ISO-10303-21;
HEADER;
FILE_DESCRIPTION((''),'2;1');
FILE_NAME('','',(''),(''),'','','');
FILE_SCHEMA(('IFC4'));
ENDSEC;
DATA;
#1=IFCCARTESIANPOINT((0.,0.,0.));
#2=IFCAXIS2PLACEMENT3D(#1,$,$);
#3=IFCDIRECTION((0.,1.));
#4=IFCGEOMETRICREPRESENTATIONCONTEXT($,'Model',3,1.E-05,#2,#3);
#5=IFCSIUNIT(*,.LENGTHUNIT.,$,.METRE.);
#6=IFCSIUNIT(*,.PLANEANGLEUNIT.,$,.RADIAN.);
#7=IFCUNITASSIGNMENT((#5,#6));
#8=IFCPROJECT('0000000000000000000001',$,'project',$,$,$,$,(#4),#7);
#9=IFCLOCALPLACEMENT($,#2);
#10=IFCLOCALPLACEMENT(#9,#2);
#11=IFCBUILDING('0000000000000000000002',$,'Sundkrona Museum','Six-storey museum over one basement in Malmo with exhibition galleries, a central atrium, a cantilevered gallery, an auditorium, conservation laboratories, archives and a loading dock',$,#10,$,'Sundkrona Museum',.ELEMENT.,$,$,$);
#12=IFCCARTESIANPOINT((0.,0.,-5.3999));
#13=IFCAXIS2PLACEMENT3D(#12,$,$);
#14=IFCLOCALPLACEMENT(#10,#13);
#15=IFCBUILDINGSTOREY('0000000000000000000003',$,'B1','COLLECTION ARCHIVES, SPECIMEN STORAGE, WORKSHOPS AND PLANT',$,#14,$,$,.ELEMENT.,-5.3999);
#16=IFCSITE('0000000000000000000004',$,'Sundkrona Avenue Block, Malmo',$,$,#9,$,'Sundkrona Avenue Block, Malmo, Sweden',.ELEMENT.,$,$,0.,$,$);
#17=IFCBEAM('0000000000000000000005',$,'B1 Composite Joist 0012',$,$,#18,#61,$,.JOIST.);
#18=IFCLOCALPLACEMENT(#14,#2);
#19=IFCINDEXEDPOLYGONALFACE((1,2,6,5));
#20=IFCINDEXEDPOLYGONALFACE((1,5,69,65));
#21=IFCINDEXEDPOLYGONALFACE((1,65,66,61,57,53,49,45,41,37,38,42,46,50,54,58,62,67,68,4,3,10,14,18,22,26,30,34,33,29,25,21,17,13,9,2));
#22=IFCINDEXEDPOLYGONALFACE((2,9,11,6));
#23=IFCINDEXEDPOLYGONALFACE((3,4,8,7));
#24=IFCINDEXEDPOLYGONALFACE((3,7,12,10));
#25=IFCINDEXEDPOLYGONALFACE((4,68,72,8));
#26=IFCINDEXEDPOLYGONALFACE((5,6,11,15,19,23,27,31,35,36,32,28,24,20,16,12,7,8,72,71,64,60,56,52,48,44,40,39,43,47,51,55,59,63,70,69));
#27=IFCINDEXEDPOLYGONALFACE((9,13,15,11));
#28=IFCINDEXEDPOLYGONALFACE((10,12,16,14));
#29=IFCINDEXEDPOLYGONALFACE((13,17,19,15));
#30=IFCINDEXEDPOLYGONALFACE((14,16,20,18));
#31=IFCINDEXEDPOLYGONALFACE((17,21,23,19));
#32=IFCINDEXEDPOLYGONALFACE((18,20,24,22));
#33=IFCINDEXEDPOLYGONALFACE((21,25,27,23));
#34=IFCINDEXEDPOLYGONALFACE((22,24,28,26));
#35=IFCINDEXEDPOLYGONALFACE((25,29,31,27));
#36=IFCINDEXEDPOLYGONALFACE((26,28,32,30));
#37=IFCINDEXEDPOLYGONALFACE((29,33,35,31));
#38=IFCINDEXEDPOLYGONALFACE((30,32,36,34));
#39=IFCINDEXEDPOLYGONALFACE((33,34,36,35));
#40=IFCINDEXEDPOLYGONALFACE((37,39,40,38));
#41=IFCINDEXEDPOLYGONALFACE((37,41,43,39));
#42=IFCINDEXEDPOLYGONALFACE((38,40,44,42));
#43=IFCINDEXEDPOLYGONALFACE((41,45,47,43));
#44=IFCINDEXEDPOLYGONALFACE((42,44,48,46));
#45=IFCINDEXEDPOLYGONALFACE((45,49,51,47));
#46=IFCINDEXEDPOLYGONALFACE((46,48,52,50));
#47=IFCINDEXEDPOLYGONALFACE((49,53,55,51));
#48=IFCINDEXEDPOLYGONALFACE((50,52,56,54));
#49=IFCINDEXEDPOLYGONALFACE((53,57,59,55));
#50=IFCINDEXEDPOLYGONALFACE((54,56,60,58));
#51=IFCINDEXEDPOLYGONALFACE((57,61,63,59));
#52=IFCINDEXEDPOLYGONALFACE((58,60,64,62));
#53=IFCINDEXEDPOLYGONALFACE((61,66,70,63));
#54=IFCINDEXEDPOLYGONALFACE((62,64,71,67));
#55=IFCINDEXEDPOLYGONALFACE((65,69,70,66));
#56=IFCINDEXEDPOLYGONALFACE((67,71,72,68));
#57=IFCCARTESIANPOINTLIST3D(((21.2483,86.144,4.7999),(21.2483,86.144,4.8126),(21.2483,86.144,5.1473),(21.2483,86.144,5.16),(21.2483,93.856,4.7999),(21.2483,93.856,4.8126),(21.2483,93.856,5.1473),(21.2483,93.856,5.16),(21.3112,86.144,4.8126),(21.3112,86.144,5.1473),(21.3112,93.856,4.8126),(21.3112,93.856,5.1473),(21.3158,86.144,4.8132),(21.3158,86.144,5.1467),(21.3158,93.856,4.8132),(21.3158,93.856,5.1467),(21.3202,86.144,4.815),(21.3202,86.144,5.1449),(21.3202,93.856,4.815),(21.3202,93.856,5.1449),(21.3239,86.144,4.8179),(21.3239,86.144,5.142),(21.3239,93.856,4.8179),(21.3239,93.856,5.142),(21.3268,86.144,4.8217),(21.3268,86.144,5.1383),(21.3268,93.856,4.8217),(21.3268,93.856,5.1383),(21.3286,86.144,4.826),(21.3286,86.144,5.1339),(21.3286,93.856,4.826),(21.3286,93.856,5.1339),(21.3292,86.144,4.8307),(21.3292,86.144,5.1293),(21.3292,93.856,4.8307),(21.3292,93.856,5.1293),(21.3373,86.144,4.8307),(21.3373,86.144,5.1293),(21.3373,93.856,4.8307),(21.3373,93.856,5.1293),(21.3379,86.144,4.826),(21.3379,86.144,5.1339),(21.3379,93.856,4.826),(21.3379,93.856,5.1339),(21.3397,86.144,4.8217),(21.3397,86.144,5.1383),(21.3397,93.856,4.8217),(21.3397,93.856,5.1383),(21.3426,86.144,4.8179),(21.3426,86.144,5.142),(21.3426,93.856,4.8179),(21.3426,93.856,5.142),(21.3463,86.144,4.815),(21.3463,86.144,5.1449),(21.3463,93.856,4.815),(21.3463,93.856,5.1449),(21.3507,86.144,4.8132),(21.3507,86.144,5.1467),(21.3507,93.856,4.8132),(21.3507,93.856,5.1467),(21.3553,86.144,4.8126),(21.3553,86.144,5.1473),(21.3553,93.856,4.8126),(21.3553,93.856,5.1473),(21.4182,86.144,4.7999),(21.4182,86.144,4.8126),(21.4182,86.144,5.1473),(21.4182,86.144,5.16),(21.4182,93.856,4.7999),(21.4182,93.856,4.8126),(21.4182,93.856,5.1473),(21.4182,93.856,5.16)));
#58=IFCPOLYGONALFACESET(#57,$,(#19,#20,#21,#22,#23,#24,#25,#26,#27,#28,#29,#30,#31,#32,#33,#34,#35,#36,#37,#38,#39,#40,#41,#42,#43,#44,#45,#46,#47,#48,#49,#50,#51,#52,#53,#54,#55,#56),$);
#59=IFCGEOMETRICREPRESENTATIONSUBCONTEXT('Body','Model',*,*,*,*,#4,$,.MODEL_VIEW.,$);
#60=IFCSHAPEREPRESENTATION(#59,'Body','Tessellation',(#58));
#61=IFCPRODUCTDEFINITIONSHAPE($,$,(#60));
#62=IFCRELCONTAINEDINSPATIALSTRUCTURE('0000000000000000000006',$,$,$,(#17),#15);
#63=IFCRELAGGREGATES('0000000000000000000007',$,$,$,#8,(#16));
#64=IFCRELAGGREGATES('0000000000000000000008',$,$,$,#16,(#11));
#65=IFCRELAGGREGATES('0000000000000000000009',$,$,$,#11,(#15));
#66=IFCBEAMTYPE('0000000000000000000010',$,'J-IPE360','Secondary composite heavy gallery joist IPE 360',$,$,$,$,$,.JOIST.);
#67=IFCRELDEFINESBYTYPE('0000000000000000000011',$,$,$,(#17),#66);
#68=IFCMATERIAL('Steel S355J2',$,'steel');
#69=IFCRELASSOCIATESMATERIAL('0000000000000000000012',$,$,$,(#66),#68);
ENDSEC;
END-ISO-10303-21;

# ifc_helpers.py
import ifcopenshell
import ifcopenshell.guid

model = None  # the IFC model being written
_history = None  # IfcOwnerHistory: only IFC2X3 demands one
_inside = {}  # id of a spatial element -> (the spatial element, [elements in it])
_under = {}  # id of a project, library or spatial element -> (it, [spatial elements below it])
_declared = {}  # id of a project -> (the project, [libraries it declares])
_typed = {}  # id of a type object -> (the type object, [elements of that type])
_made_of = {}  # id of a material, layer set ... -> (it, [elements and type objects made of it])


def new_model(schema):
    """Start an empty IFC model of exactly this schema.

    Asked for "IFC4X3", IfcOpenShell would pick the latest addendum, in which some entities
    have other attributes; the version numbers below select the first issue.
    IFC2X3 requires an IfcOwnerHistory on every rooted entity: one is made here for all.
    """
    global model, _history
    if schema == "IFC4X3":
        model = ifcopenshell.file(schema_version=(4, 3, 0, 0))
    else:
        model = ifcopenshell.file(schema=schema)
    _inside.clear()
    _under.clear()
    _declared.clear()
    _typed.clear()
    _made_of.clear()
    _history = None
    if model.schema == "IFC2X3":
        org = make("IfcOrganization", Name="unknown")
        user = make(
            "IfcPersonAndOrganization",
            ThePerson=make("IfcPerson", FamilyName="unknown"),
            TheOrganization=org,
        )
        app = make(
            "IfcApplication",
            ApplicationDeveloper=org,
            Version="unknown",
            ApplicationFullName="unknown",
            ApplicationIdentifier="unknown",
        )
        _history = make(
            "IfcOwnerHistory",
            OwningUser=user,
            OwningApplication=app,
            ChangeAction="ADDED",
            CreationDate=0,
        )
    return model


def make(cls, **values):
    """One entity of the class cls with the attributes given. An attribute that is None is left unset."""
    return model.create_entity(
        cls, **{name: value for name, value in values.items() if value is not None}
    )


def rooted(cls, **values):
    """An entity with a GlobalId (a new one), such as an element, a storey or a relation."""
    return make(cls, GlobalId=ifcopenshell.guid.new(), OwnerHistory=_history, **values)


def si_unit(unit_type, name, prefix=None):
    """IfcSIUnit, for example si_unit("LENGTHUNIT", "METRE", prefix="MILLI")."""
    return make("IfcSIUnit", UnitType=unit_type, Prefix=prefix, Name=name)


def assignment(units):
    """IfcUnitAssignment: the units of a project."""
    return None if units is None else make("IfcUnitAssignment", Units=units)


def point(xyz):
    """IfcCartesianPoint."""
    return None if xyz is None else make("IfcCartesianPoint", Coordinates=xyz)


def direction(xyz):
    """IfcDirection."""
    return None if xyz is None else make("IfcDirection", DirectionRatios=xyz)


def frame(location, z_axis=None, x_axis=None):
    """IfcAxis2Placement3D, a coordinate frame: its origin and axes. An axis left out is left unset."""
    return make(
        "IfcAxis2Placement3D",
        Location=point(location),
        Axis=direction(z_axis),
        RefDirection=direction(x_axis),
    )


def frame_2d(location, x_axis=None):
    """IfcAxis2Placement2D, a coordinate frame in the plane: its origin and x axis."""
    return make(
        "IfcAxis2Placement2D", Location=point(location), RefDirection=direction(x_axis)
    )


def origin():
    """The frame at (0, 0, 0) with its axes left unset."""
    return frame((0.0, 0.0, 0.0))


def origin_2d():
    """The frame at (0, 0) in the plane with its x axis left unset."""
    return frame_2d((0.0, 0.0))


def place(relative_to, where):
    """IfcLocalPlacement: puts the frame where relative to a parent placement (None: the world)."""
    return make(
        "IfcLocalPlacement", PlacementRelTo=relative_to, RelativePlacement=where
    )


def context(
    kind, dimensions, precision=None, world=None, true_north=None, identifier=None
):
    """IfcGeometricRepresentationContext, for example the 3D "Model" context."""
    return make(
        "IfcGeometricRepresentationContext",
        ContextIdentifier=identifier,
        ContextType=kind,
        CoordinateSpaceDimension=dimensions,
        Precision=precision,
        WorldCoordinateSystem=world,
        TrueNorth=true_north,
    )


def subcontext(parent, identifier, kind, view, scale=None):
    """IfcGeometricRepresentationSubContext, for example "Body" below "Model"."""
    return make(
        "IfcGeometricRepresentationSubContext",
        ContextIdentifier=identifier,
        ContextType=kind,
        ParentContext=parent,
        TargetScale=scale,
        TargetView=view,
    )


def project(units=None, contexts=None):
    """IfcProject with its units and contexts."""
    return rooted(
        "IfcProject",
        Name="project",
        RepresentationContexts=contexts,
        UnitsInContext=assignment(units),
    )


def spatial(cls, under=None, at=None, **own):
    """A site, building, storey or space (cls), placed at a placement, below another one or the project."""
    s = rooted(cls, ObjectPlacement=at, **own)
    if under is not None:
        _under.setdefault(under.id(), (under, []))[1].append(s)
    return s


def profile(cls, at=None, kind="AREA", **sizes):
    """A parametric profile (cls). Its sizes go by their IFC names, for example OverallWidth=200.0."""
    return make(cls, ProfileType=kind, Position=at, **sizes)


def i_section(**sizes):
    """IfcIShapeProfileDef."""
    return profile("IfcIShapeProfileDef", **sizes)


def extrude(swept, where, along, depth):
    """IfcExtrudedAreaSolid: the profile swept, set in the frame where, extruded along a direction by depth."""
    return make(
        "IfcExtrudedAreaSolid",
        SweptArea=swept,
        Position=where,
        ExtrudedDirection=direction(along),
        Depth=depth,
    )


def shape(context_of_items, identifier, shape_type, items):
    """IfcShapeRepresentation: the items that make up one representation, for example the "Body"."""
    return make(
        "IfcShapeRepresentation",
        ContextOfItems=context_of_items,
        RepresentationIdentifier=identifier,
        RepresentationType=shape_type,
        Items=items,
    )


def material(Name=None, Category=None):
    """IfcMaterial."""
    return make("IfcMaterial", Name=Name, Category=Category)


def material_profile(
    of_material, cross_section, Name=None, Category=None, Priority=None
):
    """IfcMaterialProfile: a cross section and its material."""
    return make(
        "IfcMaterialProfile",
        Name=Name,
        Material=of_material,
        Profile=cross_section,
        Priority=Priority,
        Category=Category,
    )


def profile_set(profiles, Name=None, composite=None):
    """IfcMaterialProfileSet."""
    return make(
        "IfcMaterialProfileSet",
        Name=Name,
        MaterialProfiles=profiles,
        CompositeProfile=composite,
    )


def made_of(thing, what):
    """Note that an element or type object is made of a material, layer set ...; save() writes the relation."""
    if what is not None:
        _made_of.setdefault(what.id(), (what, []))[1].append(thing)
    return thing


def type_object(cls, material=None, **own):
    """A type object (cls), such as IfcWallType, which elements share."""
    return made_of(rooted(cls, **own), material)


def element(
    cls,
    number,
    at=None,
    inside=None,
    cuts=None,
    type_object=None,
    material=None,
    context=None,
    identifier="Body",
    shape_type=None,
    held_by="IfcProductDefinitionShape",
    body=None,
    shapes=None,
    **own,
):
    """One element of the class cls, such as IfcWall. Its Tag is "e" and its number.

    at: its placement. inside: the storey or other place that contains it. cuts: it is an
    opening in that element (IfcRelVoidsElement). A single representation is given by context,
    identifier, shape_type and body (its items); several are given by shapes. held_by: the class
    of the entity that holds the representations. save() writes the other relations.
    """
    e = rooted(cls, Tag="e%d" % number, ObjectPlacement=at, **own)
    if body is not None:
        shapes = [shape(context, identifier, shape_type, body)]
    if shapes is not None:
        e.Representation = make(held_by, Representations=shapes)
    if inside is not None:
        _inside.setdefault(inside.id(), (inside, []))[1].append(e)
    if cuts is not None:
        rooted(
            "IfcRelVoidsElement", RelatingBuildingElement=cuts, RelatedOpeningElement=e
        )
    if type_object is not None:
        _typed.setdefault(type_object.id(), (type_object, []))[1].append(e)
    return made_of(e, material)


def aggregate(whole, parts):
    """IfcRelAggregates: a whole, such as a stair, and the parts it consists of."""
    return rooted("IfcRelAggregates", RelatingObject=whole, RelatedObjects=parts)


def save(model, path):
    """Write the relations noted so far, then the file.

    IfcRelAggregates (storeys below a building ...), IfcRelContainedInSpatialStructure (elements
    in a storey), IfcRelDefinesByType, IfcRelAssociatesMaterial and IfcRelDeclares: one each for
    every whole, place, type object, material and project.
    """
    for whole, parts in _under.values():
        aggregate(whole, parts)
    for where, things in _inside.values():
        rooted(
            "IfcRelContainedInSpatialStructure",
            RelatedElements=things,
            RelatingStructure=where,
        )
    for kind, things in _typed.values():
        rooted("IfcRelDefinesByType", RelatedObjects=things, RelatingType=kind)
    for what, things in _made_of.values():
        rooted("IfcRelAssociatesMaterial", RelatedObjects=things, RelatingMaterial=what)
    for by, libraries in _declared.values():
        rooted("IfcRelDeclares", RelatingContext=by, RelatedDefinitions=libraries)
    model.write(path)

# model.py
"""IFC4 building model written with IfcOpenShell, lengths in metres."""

from ifc_helpers import new_model, si_unit, direction, frame, origin, origin_2d, place, context, subcontext, project, spatial, i_section, extrude, material, material_profile, profile_set, type_object, element, save


model = new_model("IFC4")

# Units and contexts
model_context = context("Model", 3, precision=1e-05, world=origin(), true_north=direction((0.0, 1.0)))
body_context = subcontext(model_context, "Body", "Model", "MODEL_VIEW")
ifc_project = project(units=[si_unit("LENGTHUNIT", "METRE"), si_unit("PLANEANGLEUNIT", "RADIAN")], contexts=[model_context])

# Site, building, storey
site_placement = place(None, origin())
site = spatial("IfcSite", under=ifc_project, at=site_placement, Name="Sundkrona Avenue Block, Malmo", LongName="Sundkrona Avenue Block, Malmo, Sweden", CompositionType="ELEMENT", RefElevation=0.0)
building_placement = place(site_placement, origin())
building = spatial("IfcBuilding", under=site, at=building_placement, Name="Sundkrona Museum", Description="Six-storey museum over one basement in Malmo with exhibition galleries, a central atrium, a cantilevered gallery, an auditorium, conservation laboratories, archives and a loading dock", LongName="Sundkrona Museum", CompositionType="ELEMENT")
storey_placement = place(building_placement, frame((0.0, 0.0, -5.3999)))
storey = spatial("IfcBuildingStorey", under=building, at=storey_placement, Name="B1", Description="COLLECTION ARCHIVES, SPECIMEN STORAGE, WORKSHOPS AND PLANT", CompositionType="ELEMENT", Elevation=-5.3999)

# Beam
ifc_material_1 = material(Name="Steel S355J2", Category="steel")
ifc_material_profile_1 = material_profile(ifc_material_1, i_section(OverallWidth=0.1699, OverallDepth=0.3601, WebThickness=0.0081, FlangeThickness=0.0127, FilletRadius=0.0181, at=origin_2d()), Name="IPE 360")
ifc_profile_set_1 = profile_set([ifc_material_profile_1], Name="Steel S355J2")
beam_type_1 = type_object("IfcBeamType", Name="J-IPE360", Description="Secondary composite heavy gallery joist IPE 360", PredefinedType="JOIST", material=ifc_profile_set_1)
for number, where, z_axis, x_axis, name in (
    (1, (21.3333, 86.144, 4.98), (0.0, 1.0, 0.0), (-1.0, 0.0, 0.0), "B1 Composite Joist 0012"),
):
    element("IfcBeam", number, at=place(storey_placement, frame(where, z_axis=z_axis, x_axis=x_axis)), inside=storey, type_object=beam_type_1, Name=name, PredefinedType="JOIST", context=body_context, shape_type="SweptSolid", body=[
        extrude(i_section(OverallWidth=0.1699, OverallDepth=0.3601, WebThickness=0.0081, FlangeThickness=0.0127, FilletRadius=0.0181, at=origin_2d()), origin(), (0.0, 0.0, 1.0), 7.7119),
    ])

save(model, "model.ifc")
